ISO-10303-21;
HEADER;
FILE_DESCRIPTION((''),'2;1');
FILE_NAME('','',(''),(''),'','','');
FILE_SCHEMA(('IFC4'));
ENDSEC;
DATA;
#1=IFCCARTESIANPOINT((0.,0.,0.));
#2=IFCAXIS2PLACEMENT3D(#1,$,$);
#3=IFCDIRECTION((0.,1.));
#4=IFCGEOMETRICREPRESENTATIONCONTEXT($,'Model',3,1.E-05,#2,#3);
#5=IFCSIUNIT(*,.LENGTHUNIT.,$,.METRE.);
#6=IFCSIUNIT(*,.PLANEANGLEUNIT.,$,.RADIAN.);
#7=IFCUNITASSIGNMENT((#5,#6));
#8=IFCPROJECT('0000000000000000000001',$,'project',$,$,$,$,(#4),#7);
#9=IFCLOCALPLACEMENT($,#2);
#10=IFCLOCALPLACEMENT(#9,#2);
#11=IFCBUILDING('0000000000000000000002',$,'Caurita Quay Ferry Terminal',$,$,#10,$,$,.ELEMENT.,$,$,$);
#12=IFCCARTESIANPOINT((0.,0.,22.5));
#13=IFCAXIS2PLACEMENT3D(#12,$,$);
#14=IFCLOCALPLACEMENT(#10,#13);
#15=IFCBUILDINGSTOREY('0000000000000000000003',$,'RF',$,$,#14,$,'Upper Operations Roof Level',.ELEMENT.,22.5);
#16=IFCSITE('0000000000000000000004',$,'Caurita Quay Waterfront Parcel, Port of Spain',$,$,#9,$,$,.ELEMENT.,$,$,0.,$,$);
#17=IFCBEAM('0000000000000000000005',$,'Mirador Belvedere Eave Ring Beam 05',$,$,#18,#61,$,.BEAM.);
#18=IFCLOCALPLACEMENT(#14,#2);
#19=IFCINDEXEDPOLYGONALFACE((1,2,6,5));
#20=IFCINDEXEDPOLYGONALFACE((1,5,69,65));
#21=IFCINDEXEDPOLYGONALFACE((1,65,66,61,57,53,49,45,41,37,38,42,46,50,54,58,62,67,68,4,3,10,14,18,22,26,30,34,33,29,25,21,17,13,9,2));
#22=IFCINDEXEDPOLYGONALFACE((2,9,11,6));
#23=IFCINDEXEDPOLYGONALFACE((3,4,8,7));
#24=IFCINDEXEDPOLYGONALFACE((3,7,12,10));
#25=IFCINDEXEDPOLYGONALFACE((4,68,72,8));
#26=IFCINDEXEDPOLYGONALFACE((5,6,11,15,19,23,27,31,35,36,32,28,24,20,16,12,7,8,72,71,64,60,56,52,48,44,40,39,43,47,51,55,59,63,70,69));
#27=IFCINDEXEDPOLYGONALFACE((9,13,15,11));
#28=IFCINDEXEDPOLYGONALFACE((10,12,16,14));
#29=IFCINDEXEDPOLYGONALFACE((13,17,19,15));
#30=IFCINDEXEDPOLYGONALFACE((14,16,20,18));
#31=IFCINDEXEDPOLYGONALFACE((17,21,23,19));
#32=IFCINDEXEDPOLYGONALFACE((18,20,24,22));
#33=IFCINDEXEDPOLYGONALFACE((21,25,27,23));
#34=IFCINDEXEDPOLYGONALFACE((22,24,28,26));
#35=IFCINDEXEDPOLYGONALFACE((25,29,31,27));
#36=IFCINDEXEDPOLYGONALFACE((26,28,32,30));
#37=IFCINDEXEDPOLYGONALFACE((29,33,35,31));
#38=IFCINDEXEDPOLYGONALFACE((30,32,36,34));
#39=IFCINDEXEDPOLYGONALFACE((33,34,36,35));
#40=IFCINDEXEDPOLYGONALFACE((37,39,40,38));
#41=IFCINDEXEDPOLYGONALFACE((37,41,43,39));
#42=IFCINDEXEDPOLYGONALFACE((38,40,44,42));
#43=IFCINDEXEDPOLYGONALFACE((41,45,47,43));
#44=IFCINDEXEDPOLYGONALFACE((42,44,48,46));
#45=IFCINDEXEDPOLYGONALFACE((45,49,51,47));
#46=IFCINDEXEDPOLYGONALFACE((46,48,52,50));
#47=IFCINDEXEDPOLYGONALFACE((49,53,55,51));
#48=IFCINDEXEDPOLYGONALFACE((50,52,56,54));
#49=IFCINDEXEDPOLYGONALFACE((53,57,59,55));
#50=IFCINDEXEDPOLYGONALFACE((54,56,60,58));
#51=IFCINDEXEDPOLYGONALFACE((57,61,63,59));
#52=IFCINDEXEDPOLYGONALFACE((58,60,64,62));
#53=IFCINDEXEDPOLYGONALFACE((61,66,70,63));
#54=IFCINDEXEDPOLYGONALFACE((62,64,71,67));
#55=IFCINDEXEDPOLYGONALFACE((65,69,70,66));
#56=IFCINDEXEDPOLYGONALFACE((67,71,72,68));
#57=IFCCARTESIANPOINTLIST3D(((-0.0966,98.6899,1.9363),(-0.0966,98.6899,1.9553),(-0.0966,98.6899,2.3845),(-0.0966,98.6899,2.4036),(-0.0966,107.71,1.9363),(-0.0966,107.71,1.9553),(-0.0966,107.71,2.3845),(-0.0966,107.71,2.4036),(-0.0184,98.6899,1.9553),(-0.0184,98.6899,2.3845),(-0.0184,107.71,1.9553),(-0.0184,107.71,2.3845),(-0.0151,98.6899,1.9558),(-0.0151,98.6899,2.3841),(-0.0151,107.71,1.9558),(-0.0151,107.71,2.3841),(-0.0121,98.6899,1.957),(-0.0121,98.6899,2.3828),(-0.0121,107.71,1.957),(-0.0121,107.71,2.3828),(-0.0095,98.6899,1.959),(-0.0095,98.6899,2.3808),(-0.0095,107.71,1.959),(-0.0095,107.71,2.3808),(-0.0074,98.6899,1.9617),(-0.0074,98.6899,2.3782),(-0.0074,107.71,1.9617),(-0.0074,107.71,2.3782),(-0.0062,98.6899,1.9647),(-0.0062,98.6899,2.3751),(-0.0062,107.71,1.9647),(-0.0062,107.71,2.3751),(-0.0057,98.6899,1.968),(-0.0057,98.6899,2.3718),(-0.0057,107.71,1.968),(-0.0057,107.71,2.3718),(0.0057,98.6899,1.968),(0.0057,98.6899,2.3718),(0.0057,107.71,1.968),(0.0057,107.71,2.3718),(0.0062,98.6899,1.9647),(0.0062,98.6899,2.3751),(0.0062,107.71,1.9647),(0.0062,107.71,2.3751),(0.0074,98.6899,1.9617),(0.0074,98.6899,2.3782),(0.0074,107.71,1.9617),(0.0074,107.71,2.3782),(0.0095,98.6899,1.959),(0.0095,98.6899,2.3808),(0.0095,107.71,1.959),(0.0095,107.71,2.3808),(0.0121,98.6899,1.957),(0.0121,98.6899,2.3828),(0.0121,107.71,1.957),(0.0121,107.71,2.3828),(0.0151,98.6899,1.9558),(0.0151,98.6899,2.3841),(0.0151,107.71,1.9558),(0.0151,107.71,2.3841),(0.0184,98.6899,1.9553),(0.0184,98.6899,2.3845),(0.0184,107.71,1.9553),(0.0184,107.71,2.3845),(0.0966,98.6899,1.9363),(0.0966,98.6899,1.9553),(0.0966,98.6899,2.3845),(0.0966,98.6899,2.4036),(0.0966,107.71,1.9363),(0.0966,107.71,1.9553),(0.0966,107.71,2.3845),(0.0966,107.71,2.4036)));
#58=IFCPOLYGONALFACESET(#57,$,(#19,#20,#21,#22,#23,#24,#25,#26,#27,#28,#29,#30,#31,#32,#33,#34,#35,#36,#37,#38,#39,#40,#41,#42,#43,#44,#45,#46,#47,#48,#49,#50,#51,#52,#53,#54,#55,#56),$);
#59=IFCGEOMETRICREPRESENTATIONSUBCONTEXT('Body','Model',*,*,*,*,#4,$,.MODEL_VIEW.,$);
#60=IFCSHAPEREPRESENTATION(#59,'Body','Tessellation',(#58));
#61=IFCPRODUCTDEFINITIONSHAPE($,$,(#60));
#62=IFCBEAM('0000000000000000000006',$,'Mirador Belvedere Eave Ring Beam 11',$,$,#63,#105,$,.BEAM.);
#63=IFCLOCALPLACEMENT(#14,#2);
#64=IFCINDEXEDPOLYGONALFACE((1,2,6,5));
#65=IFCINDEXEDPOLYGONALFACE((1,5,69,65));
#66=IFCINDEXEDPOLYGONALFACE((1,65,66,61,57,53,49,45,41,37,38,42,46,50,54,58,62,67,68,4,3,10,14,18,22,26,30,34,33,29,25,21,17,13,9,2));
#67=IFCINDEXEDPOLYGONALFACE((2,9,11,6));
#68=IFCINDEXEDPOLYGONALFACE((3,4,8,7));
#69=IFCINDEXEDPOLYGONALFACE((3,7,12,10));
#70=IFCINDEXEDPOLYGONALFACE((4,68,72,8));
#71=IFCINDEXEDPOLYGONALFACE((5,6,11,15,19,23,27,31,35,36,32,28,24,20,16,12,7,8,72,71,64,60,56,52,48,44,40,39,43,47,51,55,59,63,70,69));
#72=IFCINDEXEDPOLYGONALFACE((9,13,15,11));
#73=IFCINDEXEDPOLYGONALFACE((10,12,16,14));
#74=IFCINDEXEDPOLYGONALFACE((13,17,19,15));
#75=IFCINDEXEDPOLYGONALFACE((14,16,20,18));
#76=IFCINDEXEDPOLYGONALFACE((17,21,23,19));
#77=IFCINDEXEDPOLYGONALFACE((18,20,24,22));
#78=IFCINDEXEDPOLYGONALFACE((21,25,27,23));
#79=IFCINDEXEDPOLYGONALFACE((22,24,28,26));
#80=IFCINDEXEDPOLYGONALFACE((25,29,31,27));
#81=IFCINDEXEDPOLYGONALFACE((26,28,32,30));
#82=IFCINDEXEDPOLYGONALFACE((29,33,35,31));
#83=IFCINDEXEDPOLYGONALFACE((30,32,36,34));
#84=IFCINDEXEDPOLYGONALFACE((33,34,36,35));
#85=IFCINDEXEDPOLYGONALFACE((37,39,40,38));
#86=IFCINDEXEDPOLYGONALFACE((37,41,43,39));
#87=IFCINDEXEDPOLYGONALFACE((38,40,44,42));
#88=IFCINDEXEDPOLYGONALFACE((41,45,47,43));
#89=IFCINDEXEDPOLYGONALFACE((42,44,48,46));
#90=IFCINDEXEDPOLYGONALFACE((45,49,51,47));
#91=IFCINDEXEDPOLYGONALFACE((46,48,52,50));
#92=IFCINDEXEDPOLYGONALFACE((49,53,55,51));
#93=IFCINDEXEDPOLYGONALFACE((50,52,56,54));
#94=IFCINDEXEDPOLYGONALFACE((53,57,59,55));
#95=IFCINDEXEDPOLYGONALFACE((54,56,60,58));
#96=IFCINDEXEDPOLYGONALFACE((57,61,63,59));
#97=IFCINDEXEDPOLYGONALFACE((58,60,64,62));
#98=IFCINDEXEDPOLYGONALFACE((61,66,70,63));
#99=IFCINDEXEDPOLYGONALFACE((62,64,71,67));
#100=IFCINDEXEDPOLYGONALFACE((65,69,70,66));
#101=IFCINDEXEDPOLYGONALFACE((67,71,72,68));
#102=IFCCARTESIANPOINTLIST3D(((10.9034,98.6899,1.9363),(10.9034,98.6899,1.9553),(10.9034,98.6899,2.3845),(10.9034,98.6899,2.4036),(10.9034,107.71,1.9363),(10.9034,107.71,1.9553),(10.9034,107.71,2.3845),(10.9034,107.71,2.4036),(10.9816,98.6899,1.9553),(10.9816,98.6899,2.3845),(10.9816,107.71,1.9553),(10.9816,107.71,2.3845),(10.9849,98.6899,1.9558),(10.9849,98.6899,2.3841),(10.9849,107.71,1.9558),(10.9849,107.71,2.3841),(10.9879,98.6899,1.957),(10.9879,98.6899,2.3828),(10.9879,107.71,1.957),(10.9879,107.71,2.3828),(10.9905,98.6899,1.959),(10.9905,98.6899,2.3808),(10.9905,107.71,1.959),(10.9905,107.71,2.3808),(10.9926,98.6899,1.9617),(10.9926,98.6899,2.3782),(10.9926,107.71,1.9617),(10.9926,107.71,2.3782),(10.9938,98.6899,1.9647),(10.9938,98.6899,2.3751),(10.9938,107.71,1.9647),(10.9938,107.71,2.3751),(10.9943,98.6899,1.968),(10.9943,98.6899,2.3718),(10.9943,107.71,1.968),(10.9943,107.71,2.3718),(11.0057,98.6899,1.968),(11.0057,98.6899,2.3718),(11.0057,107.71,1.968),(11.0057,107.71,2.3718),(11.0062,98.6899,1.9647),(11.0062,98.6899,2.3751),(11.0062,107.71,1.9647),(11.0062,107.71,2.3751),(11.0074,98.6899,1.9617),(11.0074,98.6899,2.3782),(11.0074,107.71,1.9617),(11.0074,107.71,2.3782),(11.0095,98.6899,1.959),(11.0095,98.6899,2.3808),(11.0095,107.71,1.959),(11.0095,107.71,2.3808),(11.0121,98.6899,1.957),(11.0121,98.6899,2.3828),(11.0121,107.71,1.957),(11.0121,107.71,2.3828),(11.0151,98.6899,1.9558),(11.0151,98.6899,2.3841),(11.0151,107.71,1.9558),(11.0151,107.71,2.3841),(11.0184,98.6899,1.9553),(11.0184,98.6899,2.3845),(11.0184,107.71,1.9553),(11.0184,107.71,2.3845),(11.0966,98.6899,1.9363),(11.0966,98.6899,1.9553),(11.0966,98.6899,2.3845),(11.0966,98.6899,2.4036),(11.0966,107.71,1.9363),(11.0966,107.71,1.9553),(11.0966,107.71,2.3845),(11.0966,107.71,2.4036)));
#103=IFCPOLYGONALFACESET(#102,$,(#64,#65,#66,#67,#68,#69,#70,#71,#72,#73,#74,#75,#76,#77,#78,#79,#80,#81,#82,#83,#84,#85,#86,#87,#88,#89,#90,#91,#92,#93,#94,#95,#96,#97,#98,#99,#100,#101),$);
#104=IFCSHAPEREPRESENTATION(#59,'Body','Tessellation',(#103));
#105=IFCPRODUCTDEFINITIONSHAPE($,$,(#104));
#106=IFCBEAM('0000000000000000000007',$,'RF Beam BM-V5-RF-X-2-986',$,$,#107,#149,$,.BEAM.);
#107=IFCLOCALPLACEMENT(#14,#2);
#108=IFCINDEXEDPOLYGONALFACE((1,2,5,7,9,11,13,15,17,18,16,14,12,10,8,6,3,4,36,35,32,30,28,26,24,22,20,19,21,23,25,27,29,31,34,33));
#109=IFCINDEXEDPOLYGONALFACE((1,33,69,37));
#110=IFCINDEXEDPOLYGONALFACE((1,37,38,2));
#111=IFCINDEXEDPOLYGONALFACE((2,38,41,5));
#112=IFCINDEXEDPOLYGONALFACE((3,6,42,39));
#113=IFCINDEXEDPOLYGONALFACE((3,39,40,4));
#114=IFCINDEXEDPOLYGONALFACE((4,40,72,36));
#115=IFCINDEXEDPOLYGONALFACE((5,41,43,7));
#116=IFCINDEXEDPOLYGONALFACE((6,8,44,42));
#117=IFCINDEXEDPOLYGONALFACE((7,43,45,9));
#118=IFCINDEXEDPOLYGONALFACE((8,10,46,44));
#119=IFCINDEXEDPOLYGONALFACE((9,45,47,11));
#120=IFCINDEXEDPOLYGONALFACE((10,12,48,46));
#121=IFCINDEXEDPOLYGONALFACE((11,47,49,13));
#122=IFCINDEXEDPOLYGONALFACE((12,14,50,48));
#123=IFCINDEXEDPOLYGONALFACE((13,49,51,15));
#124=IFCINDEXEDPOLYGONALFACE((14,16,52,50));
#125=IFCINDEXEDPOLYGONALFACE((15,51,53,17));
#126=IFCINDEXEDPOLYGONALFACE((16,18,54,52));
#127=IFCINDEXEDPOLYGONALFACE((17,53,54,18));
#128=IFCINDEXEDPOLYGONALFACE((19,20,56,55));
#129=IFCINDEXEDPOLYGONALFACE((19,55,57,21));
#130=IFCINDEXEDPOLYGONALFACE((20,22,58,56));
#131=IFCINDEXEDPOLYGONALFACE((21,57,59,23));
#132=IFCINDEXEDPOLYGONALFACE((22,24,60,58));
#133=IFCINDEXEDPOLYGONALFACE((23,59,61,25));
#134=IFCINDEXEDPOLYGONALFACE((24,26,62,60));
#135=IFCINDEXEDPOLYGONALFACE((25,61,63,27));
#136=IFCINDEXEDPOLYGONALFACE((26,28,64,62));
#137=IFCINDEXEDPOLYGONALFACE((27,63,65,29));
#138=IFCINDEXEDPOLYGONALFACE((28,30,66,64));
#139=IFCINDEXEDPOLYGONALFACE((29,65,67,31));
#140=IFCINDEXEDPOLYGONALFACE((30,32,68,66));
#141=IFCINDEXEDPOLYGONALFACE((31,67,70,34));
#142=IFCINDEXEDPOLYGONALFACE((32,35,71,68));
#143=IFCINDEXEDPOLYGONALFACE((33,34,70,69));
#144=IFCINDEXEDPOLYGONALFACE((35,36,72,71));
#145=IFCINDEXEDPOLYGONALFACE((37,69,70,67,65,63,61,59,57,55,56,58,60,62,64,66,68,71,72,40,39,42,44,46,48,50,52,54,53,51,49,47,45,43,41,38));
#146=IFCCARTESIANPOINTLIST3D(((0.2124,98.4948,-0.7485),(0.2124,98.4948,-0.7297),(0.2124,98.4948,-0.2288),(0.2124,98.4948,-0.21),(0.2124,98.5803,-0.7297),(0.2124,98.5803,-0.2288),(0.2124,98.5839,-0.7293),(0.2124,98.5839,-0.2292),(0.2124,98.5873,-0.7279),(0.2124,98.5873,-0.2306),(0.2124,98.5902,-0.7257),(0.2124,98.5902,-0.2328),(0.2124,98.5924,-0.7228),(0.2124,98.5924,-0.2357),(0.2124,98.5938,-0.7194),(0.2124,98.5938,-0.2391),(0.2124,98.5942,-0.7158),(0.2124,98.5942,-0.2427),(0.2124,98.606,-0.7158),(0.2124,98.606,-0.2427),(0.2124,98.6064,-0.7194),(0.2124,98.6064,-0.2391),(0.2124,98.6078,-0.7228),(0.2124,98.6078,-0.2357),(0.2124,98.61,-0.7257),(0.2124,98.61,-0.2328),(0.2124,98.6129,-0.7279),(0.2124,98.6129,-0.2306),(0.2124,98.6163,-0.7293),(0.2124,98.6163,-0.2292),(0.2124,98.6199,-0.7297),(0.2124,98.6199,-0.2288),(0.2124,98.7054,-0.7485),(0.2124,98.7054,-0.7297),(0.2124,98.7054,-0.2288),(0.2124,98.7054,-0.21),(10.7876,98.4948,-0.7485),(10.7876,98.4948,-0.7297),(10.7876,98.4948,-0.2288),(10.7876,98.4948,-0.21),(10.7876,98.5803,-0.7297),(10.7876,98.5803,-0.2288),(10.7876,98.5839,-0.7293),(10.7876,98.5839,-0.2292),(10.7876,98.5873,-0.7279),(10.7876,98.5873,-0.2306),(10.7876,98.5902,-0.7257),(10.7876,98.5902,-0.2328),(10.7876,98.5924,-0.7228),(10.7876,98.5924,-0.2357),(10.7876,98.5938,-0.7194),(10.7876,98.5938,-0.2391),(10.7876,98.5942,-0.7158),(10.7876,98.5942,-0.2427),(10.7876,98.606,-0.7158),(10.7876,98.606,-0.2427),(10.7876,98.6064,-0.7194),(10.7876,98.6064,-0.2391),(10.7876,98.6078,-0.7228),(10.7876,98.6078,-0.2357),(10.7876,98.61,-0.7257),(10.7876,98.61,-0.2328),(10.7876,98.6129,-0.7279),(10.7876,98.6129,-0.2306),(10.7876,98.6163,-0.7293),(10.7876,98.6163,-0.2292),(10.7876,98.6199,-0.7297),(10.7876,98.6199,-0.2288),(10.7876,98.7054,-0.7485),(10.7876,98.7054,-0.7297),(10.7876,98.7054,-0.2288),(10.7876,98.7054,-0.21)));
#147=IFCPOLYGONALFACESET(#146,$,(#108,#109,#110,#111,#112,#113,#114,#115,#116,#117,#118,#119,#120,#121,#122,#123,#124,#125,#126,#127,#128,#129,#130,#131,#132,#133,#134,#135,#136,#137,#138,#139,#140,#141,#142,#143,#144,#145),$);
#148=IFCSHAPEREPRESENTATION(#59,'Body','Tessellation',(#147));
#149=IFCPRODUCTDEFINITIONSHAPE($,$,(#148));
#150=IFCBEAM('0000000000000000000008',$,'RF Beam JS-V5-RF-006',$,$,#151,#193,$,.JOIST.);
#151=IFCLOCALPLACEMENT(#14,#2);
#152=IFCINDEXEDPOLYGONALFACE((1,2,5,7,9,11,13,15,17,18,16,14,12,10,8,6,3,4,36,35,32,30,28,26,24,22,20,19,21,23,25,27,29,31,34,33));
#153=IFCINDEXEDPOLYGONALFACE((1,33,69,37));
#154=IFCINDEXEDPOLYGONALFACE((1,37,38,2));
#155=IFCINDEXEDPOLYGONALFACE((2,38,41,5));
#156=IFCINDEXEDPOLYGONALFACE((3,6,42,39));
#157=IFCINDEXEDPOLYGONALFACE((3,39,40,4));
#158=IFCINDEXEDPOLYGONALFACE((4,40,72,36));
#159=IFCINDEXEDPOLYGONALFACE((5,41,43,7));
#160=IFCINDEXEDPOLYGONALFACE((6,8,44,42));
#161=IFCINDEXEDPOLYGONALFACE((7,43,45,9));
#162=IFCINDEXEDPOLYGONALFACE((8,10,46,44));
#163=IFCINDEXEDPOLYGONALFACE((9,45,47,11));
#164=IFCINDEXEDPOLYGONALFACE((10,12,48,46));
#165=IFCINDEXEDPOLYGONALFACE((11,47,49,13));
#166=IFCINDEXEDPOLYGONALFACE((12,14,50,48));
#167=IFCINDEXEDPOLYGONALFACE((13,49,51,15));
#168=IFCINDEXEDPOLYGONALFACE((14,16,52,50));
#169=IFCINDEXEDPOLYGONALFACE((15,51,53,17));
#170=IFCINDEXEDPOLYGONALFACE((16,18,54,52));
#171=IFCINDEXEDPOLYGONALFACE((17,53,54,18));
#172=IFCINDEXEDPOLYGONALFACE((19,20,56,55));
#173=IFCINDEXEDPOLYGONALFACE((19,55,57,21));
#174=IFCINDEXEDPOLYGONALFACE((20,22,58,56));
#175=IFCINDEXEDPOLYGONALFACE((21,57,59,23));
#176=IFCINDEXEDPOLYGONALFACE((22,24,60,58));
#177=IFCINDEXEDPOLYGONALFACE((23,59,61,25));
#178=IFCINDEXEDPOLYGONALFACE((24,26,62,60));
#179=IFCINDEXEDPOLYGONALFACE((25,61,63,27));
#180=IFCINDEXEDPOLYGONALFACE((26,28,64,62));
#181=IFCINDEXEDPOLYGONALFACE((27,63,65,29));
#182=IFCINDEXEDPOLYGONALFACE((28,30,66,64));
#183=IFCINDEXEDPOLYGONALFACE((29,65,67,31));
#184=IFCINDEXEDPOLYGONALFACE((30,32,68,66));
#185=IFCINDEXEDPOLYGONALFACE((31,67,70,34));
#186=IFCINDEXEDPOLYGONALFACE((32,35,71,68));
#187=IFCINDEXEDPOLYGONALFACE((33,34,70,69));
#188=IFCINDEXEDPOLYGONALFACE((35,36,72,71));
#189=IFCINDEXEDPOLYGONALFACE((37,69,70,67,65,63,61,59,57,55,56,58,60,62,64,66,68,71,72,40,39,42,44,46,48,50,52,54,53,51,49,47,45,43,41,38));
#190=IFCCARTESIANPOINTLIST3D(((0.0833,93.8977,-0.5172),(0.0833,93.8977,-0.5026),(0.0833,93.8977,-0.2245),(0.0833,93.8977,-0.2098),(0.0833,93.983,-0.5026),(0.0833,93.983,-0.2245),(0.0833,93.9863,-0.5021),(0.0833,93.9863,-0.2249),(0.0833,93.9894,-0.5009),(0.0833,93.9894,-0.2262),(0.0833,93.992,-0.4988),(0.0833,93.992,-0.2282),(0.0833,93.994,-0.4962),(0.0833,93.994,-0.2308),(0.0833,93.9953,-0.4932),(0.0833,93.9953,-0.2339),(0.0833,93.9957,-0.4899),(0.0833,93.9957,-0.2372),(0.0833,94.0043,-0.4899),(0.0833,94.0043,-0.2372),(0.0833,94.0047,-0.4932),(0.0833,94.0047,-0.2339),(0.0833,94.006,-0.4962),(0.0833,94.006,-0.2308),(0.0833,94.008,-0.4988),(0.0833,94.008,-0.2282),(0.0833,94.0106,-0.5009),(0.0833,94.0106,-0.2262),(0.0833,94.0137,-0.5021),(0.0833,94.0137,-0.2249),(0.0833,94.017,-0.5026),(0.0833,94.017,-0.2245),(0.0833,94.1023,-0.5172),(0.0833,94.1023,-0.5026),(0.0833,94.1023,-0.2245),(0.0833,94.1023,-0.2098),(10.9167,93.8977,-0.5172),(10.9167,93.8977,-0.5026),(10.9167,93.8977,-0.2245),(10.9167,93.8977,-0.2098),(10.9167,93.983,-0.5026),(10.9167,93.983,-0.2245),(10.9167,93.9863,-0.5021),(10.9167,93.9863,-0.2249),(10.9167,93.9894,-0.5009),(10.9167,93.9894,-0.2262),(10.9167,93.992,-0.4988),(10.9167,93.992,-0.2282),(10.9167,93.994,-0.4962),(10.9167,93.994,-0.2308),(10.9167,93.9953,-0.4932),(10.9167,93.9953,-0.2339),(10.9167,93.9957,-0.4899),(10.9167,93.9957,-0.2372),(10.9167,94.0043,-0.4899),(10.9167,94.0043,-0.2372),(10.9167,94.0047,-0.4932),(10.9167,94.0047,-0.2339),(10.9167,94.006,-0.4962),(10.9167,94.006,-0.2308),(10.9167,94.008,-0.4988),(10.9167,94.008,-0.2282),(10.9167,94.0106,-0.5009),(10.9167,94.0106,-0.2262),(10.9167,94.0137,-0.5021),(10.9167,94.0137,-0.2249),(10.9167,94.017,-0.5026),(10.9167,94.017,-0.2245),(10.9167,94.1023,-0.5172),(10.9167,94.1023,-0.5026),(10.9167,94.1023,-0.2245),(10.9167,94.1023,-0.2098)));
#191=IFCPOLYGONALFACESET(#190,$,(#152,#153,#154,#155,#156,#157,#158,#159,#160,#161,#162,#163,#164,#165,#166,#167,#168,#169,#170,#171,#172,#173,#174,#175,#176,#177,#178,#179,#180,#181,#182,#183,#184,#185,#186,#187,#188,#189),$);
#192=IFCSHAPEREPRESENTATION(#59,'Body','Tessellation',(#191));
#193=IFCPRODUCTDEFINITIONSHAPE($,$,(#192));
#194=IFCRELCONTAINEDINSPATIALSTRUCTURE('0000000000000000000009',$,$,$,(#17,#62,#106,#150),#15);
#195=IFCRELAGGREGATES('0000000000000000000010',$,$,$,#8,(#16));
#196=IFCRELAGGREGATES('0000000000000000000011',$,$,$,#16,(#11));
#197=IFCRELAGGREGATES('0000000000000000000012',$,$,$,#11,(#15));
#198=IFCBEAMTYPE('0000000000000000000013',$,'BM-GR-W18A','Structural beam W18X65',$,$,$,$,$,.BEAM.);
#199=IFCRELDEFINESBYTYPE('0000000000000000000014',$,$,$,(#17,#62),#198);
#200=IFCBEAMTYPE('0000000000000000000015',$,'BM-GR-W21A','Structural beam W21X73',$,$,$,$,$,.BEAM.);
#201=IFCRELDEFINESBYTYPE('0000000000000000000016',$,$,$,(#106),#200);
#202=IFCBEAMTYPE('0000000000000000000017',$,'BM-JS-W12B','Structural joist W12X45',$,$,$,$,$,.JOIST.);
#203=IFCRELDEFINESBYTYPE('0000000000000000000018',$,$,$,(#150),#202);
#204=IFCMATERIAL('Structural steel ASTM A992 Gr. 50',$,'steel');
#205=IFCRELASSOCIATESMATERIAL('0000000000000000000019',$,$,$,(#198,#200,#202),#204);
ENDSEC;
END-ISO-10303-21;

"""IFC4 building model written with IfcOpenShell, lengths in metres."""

from ifc_helpers import new_model, si_unit, direction, frame, origin, origin_2d, place, context, subcontext, project, spatial, i_section, extrude, material, material_profile, profile_set, type_object, element, save


model = new_model("IFC4")

# Units and contexts
model_context = context("Model", 3, precision=1e-05, world=origin(), true_north=direction((0.0, 1.0)))
body_context = subcontext(model_context, "Body", "Model", "MODEL_VIEW")
ifc_project = project(units=[si_unit("LENGTHUNIT", "METRE"), si_unit("PLANEANGLEUNIT", "RADIAN")], contexts=[model_context])

# Site, building, storey
site_placement = place(None, origin())
site = spatial("IfcSite", under=ifc_project, at=site_placement, Name="Caurita Quay Waterfront Parcel, Port of Spain", CompositionType="ELEMENT", RefElevation=0.0)
building_placement = place(site_placement, origin())
building = spatial("IfcBuilding", under=site, at=building_placement, Name="Caurita Quay Ferry Terminal", CompositionType="ELEMENT")
storey_placement = place(building_placement, frame((0.0, 0.0, 22.5)))
storey = spatial("IfcBuildingStorey", under=building, at=storey_placement, Name="RF", LongName="Upper Operations Roof Level", CompositionType="ELEMENT", Elevation=22.5)

# Beams
ifc_material_1 = material(Name="Structural steel ASTM A992 Gr. 50", Category="steel")
ifc_material_profile_1 = material_profile(ifc_material_1, i_section(OverallWidth=0.1931, OverallDepth=0.4673, WebThickness=0.0115, FlangeThickness=0.019, FilletRadius=0.0127, at=origin_2d()), Name="W18X65")
ifc_profile_set_1 = profile_set([ifc_material_profile_1], Name="Structural steel ASTM A992 Gr. 50")
beam_type_1 = type_object("IfcBeamType", Name="BM-GR-W18A", Description="Structural beam W18X65", PredefinedType="BEAM", material=ifc_profile_set_1)
for number, where, z_axis, x_axis, name in (
    (1, (0.0, 98.6899, 2.1699), (0.0, 1.0, 0.0), (-1.0, 0.0, 0.0), "Mirador Belvedere Eave Ring Beam 05"),
    (2, (11.0, 98.6899, 2.1699), (0.0, 1.0, 0.0), (-1.0, 0.0, 0.0), "Mirador Belvedere Eave Ring Beam 11"),
):
    element("IfcBeam", number, at=place(storey_placement, frame(where, z_axis=z_axis, x_axis=x_axis)), inside=storey, type_object=beam_type_1, Name=name, PredefinedType="BEAM", context=body_context, shape_type="SweptSolid", body=[
        extrude(i_section(OverallWidth=0.1931, OverallDepth=0.4673, WebThickness=0.0115, FlangeThickness=0.019, FilletRadius=0.0127, at=origin_2d()), origin(), (0.0, 0.0, 1.0), 9.02),
    ])
ifc_material_profile_2 = material_profile(ifc_material_1, i_section(OverallWidth=0.2107, OverallDepth=0.5386, WebThickness=0.0117, FlangeThickness=0.0188, FilletRadius=0.0139, at=origin_2d()), Name="W21X73")
ifc_profile_set_2 = profile_set([ifc_material_profile_2], Name="Structural steel ASTM A992 Gr. 50")
beam_type_2 = type_object("IfcBeamType", Name="BM-GR-W21A", Description="Structural beam W21X73", PredefinedType="BEAM", material=ifc_profile_set_2)
beam_1_placement = place(storey_placement, frame((0.2124, 98.6001, -0.4792), z_axis=(1.0, 0.0, 0.0), x_axis=(0.0, 1.0, 0.0)))
element("IfcBeam", 3, at=beam_1_placement, inside=storey, type_object=beam_type_2, Name="RF Beam BM-V5-RF-X-2-986", PredefinedType="BEAM", context=body_context, shape_type="SweptSolid", body=[
    extrude(i_section(OverallWidth=0.2107, OverallDepth=0.5386, WebThickness=0.0117, FlangeThickness=0.0188, FilletRadius=0.0139, at=origin_2d()), origin(), (0.0, 0.0, 1.0), 10.5752),
])
ifc_material_profile_3 = material_profile(ifc_material_1, i_section(OverallWidth=0.2046, OverallDepth=0.3074, WebThickness=0.0085, FlangeThickness=0.0146, FilletRadius=0.0127, at=origin_2d()), Name="W12X45")
ifc_profile_set_3 = profile_set([ifc_material_profile_3], Name="Structural steel ASTM A992 Gr. 50")
beam_type_3 = type_object("IfcBeamType", Name="BM-JS-W12B", Description="Structural joist W12X45", PredefinedType="JOIST", material=ifc_profile_set_3)
for number, where, z_axis, x_axis, name in (
    (4, (0.0833, 94.0, -0.3635), (1.0, 0.0, 0.0), (0.0, 1.0, 0.0), "RF Beam JS-V5-RF-006"),
):
    element("IfcBeam", number, at=place(storey_placement, frame(where, z_axis=z_axis, x_axis=x_axis)), inside=storey, type_object=beam_type_3, Name=name, PredefinedType="JOIST", context=body_context, shape_type="SweptSolid", body=[
        extrude(i_section(OverallWidth=0.2046, OverallDepth=0.3074, WebThickness=0.0085, FlangeThickness=0.0146, FilletRadius=0.0127, at=origin_2d()), origin(), (0.0, 0.0, 1.0), 10.8335),
    ])

save(model, "model.ifc")
